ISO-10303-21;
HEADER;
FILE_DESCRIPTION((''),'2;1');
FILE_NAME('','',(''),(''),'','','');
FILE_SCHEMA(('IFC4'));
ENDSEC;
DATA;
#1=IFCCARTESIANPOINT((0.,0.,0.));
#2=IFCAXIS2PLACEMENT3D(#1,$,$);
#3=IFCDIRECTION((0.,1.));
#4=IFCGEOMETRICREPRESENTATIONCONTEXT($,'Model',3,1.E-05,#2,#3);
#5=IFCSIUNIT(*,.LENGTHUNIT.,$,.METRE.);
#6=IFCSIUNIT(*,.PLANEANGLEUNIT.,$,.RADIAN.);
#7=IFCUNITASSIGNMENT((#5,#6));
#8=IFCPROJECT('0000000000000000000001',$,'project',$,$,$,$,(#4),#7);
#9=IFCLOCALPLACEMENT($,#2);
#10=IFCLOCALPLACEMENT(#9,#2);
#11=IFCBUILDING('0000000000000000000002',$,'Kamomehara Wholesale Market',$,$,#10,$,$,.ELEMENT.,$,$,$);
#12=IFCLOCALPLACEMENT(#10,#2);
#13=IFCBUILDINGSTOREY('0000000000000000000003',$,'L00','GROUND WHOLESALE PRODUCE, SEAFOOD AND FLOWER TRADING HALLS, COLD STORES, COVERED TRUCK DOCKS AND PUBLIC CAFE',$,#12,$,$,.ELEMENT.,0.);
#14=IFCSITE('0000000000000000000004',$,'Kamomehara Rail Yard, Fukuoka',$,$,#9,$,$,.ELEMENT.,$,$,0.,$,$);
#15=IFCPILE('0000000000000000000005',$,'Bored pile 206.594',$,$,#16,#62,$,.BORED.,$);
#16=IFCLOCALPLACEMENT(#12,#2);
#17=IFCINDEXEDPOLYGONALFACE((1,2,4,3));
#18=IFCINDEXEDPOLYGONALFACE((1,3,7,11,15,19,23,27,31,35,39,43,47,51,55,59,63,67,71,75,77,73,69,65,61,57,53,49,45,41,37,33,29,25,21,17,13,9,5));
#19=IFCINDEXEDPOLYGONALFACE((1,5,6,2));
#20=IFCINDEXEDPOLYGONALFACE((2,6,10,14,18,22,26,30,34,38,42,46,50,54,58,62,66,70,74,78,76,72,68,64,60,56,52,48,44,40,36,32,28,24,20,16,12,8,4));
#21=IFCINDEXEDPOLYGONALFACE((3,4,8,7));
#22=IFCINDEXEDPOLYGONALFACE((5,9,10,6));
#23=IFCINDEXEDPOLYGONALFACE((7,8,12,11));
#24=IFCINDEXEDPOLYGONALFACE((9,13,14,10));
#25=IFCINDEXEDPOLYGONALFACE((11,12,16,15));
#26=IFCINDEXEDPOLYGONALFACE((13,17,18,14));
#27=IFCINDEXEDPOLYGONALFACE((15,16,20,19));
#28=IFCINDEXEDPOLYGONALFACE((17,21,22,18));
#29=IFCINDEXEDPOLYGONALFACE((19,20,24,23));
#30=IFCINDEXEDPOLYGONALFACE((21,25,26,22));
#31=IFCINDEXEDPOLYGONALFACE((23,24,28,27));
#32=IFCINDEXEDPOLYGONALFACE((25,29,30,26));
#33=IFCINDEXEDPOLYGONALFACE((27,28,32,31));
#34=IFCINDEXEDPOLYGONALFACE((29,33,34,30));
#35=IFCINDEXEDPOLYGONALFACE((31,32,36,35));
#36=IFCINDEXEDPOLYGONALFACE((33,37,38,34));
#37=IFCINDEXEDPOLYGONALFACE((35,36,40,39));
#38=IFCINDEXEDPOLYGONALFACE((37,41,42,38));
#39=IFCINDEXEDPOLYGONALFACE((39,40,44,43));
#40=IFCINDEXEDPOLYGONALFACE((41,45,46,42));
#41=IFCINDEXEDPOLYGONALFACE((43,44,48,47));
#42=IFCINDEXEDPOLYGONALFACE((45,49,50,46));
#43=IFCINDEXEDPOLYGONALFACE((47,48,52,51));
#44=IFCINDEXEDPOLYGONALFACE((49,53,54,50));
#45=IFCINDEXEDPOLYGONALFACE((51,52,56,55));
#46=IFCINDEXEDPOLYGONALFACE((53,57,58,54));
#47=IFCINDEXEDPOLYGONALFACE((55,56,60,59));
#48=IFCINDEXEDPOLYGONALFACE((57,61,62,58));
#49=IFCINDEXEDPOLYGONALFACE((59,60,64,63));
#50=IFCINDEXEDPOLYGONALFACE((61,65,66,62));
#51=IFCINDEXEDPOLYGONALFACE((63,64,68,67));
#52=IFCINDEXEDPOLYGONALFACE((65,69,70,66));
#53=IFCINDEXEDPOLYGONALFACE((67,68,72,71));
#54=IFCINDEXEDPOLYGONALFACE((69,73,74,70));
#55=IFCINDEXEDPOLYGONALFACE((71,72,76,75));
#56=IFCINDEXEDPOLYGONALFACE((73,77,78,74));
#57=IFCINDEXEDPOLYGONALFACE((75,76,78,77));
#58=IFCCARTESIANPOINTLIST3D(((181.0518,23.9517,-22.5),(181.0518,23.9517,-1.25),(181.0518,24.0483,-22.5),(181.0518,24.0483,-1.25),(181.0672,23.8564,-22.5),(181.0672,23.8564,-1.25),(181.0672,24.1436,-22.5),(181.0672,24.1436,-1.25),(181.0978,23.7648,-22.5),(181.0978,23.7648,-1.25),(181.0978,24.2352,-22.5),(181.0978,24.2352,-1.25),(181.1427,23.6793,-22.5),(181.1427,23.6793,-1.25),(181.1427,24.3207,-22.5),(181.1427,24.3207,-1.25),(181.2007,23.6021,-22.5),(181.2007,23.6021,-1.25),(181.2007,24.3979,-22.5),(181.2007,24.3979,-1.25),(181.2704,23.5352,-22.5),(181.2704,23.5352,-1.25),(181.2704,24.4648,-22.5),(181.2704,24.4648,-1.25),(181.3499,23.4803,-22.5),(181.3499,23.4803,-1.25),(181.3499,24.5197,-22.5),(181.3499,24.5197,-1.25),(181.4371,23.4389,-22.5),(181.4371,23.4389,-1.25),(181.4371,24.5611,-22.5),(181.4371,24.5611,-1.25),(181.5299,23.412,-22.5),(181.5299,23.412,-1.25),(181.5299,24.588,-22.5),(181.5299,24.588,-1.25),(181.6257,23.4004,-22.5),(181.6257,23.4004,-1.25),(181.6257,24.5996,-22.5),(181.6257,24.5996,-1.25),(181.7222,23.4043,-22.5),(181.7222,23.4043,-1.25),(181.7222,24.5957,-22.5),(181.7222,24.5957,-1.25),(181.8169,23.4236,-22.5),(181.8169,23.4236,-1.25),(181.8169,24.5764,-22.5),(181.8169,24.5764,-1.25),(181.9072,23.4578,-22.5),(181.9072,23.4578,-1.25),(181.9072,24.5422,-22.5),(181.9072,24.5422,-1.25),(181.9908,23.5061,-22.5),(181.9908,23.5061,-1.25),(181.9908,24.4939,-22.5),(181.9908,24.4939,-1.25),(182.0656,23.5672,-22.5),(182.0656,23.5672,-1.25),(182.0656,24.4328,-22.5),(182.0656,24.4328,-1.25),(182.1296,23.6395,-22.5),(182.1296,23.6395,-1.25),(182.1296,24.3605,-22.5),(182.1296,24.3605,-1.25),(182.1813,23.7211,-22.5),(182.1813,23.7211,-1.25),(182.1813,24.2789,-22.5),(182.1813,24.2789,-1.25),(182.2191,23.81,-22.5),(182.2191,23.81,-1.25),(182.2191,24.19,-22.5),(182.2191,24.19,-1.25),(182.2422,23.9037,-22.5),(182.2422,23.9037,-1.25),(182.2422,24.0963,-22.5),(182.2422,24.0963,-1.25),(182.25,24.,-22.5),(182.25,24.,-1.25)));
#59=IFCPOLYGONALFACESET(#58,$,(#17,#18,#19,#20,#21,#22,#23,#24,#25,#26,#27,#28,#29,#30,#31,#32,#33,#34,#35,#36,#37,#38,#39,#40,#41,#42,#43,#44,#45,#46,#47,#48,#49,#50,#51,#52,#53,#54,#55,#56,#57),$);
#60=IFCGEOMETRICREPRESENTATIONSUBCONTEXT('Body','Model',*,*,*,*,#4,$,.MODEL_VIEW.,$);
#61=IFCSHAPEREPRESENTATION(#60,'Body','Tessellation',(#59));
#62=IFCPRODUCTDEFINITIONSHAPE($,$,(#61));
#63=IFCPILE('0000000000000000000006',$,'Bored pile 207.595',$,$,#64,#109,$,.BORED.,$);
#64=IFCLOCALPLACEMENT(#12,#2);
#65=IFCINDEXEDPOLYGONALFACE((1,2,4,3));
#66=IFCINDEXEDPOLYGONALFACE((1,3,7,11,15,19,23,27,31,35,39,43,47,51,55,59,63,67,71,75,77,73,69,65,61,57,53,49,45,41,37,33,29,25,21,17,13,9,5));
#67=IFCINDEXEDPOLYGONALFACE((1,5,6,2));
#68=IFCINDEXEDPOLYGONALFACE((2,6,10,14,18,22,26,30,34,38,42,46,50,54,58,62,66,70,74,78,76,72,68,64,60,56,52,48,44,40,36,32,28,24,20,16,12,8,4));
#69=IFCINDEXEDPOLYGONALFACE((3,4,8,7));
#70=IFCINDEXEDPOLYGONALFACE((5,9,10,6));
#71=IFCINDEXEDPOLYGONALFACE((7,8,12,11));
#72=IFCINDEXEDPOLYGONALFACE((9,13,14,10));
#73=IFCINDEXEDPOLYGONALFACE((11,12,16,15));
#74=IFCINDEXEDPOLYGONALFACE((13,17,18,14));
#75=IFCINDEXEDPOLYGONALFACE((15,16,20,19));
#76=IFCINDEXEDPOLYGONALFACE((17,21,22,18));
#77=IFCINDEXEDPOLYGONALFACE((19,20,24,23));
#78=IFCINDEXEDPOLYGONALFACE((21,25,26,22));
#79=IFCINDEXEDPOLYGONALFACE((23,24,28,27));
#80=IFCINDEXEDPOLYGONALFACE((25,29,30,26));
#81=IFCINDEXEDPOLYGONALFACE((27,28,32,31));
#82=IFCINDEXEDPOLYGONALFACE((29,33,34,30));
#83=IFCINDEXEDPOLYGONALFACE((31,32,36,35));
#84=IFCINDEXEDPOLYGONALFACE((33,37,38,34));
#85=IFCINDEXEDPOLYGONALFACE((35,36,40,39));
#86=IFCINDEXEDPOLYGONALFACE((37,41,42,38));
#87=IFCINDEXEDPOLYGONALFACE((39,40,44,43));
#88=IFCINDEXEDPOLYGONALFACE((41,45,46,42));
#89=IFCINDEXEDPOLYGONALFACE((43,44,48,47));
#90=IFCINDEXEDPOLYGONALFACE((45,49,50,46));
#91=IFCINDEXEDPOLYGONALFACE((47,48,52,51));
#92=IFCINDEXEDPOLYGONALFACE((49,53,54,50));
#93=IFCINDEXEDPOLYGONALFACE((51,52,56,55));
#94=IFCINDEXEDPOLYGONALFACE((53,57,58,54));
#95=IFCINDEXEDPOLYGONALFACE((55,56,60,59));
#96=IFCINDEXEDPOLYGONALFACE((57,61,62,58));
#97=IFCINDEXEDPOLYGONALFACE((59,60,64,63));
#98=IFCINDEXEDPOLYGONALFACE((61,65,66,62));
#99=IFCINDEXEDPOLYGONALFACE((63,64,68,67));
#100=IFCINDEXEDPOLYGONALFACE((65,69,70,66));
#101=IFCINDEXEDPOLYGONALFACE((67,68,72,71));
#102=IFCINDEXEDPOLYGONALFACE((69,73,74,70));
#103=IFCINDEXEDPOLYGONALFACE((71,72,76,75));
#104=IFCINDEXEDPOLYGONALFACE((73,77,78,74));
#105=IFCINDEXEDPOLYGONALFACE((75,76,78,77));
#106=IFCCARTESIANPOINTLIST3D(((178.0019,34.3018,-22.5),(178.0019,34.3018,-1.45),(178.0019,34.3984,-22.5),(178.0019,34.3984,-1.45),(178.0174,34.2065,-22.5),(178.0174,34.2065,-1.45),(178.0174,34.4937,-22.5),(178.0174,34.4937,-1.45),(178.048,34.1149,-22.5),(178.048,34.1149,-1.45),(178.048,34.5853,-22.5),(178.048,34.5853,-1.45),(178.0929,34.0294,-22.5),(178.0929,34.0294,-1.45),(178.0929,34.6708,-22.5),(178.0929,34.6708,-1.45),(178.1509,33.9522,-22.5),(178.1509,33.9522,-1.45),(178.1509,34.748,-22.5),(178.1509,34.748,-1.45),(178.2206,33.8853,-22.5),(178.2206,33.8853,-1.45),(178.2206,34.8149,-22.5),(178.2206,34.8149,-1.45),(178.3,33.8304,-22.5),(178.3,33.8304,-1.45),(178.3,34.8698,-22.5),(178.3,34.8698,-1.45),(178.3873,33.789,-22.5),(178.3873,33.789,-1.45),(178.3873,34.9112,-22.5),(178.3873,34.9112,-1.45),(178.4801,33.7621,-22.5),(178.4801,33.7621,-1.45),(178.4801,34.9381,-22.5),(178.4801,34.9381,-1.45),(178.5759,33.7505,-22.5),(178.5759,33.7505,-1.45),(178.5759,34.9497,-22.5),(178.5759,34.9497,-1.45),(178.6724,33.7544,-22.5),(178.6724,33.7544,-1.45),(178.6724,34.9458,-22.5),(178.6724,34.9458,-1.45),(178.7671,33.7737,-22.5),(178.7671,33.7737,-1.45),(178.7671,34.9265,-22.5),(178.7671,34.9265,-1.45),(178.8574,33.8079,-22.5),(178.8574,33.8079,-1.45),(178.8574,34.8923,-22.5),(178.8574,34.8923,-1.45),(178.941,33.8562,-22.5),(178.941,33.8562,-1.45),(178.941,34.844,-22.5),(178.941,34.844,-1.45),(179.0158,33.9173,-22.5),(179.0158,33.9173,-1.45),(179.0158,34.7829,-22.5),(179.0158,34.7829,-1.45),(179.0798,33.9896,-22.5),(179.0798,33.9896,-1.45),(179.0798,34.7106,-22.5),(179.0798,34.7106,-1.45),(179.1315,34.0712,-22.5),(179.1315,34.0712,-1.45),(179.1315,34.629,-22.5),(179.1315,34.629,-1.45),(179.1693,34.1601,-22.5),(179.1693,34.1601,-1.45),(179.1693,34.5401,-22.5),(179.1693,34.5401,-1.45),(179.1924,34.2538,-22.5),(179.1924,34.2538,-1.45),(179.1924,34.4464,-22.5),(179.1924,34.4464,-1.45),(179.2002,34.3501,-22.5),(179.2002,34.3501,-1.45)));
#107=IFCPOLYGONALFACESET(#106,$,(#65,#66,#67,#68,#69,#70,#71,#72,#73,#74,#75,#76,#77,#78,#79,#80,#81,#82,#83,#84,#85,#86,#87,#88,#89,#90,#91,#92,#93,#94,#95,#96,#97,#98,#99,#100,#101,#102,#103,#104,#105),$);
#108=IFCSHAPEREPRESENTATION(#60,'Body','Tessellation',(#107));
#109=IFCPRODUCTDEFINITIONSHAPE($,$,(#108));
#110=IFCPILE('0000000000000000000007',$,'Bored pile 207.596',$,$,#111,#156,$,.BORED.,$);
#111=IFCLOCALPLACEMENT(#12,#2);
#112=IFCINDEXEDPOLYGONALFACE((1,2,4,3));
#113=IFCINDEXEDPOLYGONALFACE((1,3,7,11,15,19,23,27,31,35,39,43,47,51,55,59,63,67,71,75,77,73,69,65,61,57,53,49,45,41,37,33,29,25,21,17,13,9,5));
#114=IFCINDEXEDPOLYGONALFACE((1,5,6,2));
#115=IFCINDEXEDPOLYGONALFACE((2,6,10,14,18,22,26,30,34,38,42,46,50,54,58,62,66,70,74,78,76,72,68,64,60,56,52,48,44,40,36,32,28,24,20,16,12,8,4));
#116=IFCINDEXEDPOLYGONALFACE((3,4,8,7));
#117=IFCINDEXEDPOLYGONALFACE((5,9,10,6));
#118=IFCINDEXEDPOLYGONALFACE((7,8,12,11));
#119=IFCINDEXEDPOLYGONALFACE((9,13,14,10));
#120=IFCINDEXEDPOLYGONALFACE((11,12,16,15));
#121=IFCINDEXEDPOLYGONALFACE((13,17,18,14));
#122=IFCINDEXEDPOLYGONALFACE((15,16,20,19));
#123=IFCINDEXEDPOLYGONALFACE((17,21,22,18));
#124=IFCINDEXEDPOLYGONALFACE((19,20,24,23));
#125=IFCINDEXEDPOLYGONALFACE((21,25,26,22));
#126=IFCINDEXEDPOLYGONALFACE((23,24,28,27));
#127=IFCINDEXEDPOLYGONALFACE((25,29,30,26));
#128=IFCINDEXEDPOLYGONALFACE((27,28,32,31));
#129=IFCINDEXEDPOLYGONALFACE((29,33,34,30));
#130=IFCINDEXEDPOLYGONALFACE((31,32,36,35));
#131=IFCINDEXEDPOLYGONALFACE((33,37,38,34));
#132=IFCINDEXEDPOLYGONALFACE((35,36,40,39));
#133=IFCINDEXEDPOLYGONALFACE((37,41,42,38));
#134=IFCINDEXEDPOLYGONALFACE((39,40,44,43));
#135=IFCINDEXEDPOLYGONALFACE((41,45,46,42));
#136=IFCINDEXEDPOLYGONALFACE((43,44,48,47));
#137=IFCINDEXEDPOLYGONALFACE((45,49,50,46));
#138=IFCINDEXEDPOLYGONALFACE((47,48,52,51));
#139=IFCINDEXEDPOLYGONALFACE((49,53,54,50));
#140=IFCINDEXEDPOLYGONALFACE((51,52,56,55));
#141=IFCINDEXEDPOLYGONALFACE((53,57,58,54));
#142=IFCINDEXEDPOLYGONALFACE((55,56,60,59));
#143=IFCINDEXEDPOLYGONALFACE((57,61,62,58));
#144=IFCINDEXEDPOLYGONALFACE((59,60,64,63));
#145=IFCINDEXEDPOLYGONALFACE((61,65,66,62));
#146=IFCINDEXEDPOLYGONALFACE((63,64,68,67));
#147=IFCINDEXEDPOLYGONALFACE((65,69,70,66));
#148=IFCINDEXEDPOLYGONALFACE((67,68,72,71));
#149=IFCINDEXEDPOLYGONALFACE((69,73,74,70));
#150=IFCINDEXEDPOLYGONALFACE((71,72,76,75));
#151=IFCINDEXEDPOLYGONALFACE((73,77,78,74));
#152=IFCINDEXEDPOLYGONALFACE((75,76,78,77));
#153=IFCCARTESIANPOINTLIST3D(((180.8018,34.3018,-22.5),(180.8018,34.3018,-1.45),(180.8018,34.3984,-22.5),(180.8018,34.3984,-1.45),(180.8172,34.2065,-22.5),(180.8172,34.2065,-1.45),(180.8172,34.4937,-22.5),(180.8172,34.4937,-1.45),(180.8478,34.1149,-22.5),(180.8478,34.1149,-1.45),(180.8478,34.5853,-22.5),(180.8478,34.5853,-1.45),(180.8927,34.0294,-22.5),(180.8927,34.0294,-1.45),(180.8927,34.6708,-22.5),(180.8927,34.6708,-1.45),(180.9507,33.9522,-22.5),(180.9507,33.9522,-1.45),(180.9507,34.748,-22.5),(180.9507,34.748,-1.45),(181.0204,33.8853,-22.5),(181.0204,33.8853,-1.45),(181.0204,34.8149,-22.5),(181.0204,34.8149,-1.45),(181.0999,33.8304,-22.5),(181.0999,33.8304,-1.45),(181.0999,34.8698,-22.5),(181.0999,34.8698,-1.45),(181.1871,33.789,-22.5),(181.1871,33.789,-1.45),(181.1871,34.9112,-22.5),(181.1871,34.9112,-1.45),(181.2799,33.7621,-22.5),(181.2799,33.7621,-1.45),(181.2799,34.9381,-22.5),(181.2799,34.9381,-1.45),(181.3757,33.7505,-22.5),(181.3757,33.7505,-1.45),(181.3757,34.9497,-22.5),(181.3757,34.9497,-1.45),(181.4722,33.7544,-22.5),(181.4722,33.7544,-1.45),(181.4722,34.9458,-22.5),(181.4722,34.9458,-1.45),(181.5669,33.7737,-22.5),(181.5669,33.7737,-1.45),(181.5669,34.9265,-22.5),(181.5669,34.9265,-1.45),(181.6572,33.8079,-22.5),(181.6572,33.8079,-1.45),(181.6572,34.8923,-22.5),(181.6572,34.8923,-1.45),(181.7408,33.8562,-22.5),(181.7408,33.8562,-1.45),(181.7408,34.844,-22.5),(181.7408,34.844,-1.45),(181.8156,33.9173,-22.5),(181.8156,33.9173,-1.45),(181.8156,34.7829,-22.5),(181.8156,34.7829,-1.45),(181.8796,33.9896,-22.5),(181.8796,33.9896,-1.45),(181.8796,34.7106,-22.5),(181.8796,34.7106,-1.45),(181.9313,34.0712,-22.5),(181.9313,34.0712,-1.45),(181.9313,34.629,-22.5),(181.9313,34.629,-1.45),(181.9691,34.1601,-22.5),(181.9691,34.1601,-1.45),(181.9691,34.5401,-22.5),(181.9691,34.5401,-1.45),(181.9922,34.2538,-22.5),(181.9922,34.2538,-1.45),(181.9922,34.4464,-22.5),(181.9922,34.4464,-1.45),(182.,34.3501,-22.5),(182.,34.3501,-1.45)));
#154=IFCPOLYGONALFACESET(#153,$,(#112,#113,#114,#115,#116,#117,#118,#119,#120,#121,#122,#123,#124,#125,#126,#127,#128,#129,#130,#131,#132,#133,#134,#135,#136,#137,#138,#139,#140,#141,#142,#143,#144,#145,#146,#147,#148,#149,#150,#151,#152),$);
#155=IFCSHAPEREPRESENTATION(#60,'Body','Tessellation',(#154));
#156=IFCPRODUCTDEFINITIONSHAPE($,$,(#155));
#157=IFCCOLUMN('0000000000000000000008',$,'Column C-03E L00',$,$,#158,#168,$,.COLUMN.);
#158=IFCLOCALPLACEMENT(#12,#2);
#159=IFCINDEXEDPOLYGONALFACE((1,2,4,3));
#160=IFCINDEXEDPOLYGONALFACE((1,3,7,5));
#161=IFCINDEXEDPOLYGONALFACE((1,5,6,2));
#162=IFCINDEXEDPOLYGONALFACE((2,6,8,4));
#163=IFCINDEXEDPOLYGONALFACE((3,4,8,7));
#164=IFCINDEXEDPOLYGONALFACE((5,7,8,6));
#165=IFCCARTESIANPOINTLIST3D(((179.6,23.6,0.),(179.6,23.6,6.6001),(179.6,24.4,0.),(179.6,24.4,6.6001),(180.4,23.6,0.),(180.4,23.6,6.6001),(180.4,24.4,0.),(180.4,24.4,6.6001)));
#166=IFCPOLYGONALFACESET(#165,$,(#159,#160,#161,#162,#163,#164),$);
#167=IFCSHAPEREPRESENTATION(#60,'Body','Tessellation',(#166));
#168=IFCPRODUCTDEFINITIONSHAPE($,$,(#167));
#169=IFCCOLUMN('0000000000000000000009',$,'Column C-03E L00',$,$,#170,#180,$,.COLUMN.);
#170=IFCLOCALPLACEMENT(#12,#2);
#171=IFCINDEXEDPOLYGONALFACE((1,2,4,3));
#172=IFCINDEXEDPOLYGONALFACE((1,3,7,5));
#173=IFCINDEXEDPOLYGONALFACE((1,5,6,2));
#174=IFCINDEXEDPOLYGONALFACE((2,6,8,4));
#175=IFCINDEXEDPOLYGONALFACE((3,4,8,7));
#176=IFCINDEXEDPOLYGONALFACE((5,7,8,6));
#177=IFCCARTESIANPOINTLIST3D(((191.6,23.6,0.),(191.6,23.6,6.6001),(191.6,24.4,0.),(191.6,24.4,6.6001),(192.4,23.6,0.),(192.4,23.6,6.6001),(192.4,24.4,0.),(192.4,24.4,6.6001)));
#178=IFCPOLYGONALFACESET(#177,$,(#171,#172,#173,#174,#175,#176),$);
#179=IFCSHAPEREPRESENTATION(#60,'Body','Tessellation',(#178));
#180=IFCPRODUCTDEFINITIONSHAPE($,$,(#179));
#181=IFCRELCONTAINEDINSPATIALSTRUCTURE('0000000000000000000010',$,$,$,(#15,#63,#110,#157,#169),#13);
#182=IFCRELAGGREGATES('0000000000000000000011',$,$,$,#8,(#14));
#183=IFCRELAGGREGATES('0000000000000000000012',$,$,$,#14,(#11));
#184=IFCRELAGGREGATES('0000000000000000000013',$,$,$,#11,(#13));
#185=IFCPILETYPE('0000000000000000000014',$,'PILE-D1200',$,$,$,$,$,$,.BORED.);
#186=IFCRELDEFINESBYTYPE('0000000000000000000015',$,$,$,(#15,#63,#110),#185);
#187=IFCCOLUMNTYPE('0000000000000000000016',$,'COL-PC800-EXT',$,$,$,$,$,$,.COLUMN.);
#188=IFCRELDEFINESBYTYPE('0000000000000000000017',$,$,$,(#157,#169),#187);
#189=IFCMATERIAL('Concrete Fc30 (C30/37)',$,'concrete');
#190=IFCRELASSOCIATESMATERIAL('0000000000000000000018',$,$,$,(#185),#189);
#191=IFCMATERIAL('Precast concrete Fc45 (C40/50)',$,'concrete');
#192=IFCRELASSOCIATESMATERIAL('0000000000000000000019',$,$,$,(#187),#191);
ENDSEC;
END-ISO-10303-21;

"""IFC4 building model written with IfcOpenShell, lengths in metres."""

from ifc_helpers import new_model, si_unit, direction, frame, origin, origin_2d, place, context, subcontext, project, spatial, rectangle, circle, extrude, material, material_profile, profile_set, type_object, element, save


model = new_model("IFC4")

# Units and contexts
model_context = context("Model", 3, precision=1e-05, world=origin(), true_north=direction((0.0, 1.0)))
body_context = subcontext(model_context, "Body", "Model", "MODEL_VIEW")
ifc_project = project(units=[si_unit("LENGTHUNIT", "METRE"), si_unit("PLANEANGLEUNIT", "RADIAN")], contexts=[model_context])

# Site, building, storey
site_placement = place(None, origin())
site = spatial("IfcSite", under=ifc_project, at=site_placement, Name="Kamomehara Rail Yard, Fukuoka", CompositionType="ELEMENT", RefElevation=0.0)
building_placement = place(site_placement, origin())
building = spatial("IfcBuilding", under=site, at=building_placement, Name="Kamomehara Wholesale Market", CompositionType="ELEMENT")
storey_placement = place(building_placement, origin())
storey = spatial("IfcBuildingStorey", under=building, at=storey_placement, Name="L00", Description="GROUND WHOLESALE PRODUCE, SEAFOOD AND FLOWER TRADING HALLS, COLD STORES, COVERED TRUCK DOCKS AND PUBLIC CAFE", CompositionType="ELEMENT", Elevation=0.0)

# Piles
ifc_material_1 = material(Name="Concrete Fc30 (C30/37)", Category="concrete")
ifc_material_profile_1 = material_profile(ifc_material_1, circle(Radius=0.6001, at=origin_2d()), Name="RC-PILE-D1200")
ifc_profile_set_1 = profile_set([ifc_material_profile_1], Name="Concrete Fc30 (C30/37)")
pile_type_1 = type_object("IfcPileType", Name="PILE-D1200", PredefinedType="BORED", material=ifc_profile_set_1)
pile_placement = place(storey_placement, frame((181.6499, 24.0, -1.25), z_axis=(0.0, 0.0, -1.0), x_axis=(1.0, 0.0, 0.0)))
element("IfcPile", 1, at=pile_placement, inside=storey, type_object=pile_type_1, Name="Bored pile 206.594", PredefinedType="BORED", context=body_context, shape_type="SweptSolid", body=[
    extrude(circle(Radius=0.6001, at=origin_2d()), origin(), (0.0, 0.0, 1.0), 21.25),
])
for number, where, z_axis, x_axis, name in (
    (2, (178.6001, 34.3501, -1.45), (0.0, 0.0, -1.0), (1.0, 0.0, 0.0), "Bored pile 207.595"),
    (3, (181.3999, 34.3501, -1.45), (0.0, 0.0, -1.0), (1.0, 0.0, 0.0), "Bored pile 207.596"),
):
    element("IfcPile", number, at=place(storey_placement, frame(where, z_axis=z_axis, x_axis=x_axis)), inside=storey, type_object=pile_type_1, Name=name, PredefinedType="BORED", context=body_context, shape_type="SweptSolid", body=[
        extrude(circle(Radius=0.6001, at=origin_2d()), origin(), (0.0, 0.0, 1.0), 21.05),
    ])

# Columns
ifc_material_2 = material(Name="Precast concrete Fc45 (C40/50)", Category="concrete")
ifc_material_profile_2 = material_profile(ifc_material_2, rectangle(XDim=0.8, YDim=0.8, at=origin_2d()), Name="PC-COL-800x800")
ifc_profile_set_2 = profile_set([ifc_material_profile_2], Name="Precast concrete Fc45 (C40/50)")
column_type_1 = type_object("IfcColumnType", Name="COL-PC800-EXT", PredefinedType="COLUMN", material=ifc_profile_set_2)
for number, where, z_axis, x_axis, name in (
    (4, (180.0, 24.0, 0.0), (0.0, 0.0, 1.0), (1.0, 0.0, 0.0), "Column C-03E L00"),
    (5, (192.0, 24.0, 0.0), (0.0, 0.0, 1.0), (1.0, 0.0, 0.0), "Column C-03E L00"),
):
    element("IfcColumn", number, at=place(storey_placement, frame(where, z_axis=z_axis, x_axis=x_axis)), inside=storey, type_object=column_type_1, Name=name, PredefinedType="COLUMN", context=body_context, shape_type="SweptSolid", body=[
        extrude(rectangle(XDim=0.8, YDim=0.8, at=origin_2d()), origin(), (0.0, 0.0, 1.0), 6.6001),
    ])

save(model, "model.ifc")
